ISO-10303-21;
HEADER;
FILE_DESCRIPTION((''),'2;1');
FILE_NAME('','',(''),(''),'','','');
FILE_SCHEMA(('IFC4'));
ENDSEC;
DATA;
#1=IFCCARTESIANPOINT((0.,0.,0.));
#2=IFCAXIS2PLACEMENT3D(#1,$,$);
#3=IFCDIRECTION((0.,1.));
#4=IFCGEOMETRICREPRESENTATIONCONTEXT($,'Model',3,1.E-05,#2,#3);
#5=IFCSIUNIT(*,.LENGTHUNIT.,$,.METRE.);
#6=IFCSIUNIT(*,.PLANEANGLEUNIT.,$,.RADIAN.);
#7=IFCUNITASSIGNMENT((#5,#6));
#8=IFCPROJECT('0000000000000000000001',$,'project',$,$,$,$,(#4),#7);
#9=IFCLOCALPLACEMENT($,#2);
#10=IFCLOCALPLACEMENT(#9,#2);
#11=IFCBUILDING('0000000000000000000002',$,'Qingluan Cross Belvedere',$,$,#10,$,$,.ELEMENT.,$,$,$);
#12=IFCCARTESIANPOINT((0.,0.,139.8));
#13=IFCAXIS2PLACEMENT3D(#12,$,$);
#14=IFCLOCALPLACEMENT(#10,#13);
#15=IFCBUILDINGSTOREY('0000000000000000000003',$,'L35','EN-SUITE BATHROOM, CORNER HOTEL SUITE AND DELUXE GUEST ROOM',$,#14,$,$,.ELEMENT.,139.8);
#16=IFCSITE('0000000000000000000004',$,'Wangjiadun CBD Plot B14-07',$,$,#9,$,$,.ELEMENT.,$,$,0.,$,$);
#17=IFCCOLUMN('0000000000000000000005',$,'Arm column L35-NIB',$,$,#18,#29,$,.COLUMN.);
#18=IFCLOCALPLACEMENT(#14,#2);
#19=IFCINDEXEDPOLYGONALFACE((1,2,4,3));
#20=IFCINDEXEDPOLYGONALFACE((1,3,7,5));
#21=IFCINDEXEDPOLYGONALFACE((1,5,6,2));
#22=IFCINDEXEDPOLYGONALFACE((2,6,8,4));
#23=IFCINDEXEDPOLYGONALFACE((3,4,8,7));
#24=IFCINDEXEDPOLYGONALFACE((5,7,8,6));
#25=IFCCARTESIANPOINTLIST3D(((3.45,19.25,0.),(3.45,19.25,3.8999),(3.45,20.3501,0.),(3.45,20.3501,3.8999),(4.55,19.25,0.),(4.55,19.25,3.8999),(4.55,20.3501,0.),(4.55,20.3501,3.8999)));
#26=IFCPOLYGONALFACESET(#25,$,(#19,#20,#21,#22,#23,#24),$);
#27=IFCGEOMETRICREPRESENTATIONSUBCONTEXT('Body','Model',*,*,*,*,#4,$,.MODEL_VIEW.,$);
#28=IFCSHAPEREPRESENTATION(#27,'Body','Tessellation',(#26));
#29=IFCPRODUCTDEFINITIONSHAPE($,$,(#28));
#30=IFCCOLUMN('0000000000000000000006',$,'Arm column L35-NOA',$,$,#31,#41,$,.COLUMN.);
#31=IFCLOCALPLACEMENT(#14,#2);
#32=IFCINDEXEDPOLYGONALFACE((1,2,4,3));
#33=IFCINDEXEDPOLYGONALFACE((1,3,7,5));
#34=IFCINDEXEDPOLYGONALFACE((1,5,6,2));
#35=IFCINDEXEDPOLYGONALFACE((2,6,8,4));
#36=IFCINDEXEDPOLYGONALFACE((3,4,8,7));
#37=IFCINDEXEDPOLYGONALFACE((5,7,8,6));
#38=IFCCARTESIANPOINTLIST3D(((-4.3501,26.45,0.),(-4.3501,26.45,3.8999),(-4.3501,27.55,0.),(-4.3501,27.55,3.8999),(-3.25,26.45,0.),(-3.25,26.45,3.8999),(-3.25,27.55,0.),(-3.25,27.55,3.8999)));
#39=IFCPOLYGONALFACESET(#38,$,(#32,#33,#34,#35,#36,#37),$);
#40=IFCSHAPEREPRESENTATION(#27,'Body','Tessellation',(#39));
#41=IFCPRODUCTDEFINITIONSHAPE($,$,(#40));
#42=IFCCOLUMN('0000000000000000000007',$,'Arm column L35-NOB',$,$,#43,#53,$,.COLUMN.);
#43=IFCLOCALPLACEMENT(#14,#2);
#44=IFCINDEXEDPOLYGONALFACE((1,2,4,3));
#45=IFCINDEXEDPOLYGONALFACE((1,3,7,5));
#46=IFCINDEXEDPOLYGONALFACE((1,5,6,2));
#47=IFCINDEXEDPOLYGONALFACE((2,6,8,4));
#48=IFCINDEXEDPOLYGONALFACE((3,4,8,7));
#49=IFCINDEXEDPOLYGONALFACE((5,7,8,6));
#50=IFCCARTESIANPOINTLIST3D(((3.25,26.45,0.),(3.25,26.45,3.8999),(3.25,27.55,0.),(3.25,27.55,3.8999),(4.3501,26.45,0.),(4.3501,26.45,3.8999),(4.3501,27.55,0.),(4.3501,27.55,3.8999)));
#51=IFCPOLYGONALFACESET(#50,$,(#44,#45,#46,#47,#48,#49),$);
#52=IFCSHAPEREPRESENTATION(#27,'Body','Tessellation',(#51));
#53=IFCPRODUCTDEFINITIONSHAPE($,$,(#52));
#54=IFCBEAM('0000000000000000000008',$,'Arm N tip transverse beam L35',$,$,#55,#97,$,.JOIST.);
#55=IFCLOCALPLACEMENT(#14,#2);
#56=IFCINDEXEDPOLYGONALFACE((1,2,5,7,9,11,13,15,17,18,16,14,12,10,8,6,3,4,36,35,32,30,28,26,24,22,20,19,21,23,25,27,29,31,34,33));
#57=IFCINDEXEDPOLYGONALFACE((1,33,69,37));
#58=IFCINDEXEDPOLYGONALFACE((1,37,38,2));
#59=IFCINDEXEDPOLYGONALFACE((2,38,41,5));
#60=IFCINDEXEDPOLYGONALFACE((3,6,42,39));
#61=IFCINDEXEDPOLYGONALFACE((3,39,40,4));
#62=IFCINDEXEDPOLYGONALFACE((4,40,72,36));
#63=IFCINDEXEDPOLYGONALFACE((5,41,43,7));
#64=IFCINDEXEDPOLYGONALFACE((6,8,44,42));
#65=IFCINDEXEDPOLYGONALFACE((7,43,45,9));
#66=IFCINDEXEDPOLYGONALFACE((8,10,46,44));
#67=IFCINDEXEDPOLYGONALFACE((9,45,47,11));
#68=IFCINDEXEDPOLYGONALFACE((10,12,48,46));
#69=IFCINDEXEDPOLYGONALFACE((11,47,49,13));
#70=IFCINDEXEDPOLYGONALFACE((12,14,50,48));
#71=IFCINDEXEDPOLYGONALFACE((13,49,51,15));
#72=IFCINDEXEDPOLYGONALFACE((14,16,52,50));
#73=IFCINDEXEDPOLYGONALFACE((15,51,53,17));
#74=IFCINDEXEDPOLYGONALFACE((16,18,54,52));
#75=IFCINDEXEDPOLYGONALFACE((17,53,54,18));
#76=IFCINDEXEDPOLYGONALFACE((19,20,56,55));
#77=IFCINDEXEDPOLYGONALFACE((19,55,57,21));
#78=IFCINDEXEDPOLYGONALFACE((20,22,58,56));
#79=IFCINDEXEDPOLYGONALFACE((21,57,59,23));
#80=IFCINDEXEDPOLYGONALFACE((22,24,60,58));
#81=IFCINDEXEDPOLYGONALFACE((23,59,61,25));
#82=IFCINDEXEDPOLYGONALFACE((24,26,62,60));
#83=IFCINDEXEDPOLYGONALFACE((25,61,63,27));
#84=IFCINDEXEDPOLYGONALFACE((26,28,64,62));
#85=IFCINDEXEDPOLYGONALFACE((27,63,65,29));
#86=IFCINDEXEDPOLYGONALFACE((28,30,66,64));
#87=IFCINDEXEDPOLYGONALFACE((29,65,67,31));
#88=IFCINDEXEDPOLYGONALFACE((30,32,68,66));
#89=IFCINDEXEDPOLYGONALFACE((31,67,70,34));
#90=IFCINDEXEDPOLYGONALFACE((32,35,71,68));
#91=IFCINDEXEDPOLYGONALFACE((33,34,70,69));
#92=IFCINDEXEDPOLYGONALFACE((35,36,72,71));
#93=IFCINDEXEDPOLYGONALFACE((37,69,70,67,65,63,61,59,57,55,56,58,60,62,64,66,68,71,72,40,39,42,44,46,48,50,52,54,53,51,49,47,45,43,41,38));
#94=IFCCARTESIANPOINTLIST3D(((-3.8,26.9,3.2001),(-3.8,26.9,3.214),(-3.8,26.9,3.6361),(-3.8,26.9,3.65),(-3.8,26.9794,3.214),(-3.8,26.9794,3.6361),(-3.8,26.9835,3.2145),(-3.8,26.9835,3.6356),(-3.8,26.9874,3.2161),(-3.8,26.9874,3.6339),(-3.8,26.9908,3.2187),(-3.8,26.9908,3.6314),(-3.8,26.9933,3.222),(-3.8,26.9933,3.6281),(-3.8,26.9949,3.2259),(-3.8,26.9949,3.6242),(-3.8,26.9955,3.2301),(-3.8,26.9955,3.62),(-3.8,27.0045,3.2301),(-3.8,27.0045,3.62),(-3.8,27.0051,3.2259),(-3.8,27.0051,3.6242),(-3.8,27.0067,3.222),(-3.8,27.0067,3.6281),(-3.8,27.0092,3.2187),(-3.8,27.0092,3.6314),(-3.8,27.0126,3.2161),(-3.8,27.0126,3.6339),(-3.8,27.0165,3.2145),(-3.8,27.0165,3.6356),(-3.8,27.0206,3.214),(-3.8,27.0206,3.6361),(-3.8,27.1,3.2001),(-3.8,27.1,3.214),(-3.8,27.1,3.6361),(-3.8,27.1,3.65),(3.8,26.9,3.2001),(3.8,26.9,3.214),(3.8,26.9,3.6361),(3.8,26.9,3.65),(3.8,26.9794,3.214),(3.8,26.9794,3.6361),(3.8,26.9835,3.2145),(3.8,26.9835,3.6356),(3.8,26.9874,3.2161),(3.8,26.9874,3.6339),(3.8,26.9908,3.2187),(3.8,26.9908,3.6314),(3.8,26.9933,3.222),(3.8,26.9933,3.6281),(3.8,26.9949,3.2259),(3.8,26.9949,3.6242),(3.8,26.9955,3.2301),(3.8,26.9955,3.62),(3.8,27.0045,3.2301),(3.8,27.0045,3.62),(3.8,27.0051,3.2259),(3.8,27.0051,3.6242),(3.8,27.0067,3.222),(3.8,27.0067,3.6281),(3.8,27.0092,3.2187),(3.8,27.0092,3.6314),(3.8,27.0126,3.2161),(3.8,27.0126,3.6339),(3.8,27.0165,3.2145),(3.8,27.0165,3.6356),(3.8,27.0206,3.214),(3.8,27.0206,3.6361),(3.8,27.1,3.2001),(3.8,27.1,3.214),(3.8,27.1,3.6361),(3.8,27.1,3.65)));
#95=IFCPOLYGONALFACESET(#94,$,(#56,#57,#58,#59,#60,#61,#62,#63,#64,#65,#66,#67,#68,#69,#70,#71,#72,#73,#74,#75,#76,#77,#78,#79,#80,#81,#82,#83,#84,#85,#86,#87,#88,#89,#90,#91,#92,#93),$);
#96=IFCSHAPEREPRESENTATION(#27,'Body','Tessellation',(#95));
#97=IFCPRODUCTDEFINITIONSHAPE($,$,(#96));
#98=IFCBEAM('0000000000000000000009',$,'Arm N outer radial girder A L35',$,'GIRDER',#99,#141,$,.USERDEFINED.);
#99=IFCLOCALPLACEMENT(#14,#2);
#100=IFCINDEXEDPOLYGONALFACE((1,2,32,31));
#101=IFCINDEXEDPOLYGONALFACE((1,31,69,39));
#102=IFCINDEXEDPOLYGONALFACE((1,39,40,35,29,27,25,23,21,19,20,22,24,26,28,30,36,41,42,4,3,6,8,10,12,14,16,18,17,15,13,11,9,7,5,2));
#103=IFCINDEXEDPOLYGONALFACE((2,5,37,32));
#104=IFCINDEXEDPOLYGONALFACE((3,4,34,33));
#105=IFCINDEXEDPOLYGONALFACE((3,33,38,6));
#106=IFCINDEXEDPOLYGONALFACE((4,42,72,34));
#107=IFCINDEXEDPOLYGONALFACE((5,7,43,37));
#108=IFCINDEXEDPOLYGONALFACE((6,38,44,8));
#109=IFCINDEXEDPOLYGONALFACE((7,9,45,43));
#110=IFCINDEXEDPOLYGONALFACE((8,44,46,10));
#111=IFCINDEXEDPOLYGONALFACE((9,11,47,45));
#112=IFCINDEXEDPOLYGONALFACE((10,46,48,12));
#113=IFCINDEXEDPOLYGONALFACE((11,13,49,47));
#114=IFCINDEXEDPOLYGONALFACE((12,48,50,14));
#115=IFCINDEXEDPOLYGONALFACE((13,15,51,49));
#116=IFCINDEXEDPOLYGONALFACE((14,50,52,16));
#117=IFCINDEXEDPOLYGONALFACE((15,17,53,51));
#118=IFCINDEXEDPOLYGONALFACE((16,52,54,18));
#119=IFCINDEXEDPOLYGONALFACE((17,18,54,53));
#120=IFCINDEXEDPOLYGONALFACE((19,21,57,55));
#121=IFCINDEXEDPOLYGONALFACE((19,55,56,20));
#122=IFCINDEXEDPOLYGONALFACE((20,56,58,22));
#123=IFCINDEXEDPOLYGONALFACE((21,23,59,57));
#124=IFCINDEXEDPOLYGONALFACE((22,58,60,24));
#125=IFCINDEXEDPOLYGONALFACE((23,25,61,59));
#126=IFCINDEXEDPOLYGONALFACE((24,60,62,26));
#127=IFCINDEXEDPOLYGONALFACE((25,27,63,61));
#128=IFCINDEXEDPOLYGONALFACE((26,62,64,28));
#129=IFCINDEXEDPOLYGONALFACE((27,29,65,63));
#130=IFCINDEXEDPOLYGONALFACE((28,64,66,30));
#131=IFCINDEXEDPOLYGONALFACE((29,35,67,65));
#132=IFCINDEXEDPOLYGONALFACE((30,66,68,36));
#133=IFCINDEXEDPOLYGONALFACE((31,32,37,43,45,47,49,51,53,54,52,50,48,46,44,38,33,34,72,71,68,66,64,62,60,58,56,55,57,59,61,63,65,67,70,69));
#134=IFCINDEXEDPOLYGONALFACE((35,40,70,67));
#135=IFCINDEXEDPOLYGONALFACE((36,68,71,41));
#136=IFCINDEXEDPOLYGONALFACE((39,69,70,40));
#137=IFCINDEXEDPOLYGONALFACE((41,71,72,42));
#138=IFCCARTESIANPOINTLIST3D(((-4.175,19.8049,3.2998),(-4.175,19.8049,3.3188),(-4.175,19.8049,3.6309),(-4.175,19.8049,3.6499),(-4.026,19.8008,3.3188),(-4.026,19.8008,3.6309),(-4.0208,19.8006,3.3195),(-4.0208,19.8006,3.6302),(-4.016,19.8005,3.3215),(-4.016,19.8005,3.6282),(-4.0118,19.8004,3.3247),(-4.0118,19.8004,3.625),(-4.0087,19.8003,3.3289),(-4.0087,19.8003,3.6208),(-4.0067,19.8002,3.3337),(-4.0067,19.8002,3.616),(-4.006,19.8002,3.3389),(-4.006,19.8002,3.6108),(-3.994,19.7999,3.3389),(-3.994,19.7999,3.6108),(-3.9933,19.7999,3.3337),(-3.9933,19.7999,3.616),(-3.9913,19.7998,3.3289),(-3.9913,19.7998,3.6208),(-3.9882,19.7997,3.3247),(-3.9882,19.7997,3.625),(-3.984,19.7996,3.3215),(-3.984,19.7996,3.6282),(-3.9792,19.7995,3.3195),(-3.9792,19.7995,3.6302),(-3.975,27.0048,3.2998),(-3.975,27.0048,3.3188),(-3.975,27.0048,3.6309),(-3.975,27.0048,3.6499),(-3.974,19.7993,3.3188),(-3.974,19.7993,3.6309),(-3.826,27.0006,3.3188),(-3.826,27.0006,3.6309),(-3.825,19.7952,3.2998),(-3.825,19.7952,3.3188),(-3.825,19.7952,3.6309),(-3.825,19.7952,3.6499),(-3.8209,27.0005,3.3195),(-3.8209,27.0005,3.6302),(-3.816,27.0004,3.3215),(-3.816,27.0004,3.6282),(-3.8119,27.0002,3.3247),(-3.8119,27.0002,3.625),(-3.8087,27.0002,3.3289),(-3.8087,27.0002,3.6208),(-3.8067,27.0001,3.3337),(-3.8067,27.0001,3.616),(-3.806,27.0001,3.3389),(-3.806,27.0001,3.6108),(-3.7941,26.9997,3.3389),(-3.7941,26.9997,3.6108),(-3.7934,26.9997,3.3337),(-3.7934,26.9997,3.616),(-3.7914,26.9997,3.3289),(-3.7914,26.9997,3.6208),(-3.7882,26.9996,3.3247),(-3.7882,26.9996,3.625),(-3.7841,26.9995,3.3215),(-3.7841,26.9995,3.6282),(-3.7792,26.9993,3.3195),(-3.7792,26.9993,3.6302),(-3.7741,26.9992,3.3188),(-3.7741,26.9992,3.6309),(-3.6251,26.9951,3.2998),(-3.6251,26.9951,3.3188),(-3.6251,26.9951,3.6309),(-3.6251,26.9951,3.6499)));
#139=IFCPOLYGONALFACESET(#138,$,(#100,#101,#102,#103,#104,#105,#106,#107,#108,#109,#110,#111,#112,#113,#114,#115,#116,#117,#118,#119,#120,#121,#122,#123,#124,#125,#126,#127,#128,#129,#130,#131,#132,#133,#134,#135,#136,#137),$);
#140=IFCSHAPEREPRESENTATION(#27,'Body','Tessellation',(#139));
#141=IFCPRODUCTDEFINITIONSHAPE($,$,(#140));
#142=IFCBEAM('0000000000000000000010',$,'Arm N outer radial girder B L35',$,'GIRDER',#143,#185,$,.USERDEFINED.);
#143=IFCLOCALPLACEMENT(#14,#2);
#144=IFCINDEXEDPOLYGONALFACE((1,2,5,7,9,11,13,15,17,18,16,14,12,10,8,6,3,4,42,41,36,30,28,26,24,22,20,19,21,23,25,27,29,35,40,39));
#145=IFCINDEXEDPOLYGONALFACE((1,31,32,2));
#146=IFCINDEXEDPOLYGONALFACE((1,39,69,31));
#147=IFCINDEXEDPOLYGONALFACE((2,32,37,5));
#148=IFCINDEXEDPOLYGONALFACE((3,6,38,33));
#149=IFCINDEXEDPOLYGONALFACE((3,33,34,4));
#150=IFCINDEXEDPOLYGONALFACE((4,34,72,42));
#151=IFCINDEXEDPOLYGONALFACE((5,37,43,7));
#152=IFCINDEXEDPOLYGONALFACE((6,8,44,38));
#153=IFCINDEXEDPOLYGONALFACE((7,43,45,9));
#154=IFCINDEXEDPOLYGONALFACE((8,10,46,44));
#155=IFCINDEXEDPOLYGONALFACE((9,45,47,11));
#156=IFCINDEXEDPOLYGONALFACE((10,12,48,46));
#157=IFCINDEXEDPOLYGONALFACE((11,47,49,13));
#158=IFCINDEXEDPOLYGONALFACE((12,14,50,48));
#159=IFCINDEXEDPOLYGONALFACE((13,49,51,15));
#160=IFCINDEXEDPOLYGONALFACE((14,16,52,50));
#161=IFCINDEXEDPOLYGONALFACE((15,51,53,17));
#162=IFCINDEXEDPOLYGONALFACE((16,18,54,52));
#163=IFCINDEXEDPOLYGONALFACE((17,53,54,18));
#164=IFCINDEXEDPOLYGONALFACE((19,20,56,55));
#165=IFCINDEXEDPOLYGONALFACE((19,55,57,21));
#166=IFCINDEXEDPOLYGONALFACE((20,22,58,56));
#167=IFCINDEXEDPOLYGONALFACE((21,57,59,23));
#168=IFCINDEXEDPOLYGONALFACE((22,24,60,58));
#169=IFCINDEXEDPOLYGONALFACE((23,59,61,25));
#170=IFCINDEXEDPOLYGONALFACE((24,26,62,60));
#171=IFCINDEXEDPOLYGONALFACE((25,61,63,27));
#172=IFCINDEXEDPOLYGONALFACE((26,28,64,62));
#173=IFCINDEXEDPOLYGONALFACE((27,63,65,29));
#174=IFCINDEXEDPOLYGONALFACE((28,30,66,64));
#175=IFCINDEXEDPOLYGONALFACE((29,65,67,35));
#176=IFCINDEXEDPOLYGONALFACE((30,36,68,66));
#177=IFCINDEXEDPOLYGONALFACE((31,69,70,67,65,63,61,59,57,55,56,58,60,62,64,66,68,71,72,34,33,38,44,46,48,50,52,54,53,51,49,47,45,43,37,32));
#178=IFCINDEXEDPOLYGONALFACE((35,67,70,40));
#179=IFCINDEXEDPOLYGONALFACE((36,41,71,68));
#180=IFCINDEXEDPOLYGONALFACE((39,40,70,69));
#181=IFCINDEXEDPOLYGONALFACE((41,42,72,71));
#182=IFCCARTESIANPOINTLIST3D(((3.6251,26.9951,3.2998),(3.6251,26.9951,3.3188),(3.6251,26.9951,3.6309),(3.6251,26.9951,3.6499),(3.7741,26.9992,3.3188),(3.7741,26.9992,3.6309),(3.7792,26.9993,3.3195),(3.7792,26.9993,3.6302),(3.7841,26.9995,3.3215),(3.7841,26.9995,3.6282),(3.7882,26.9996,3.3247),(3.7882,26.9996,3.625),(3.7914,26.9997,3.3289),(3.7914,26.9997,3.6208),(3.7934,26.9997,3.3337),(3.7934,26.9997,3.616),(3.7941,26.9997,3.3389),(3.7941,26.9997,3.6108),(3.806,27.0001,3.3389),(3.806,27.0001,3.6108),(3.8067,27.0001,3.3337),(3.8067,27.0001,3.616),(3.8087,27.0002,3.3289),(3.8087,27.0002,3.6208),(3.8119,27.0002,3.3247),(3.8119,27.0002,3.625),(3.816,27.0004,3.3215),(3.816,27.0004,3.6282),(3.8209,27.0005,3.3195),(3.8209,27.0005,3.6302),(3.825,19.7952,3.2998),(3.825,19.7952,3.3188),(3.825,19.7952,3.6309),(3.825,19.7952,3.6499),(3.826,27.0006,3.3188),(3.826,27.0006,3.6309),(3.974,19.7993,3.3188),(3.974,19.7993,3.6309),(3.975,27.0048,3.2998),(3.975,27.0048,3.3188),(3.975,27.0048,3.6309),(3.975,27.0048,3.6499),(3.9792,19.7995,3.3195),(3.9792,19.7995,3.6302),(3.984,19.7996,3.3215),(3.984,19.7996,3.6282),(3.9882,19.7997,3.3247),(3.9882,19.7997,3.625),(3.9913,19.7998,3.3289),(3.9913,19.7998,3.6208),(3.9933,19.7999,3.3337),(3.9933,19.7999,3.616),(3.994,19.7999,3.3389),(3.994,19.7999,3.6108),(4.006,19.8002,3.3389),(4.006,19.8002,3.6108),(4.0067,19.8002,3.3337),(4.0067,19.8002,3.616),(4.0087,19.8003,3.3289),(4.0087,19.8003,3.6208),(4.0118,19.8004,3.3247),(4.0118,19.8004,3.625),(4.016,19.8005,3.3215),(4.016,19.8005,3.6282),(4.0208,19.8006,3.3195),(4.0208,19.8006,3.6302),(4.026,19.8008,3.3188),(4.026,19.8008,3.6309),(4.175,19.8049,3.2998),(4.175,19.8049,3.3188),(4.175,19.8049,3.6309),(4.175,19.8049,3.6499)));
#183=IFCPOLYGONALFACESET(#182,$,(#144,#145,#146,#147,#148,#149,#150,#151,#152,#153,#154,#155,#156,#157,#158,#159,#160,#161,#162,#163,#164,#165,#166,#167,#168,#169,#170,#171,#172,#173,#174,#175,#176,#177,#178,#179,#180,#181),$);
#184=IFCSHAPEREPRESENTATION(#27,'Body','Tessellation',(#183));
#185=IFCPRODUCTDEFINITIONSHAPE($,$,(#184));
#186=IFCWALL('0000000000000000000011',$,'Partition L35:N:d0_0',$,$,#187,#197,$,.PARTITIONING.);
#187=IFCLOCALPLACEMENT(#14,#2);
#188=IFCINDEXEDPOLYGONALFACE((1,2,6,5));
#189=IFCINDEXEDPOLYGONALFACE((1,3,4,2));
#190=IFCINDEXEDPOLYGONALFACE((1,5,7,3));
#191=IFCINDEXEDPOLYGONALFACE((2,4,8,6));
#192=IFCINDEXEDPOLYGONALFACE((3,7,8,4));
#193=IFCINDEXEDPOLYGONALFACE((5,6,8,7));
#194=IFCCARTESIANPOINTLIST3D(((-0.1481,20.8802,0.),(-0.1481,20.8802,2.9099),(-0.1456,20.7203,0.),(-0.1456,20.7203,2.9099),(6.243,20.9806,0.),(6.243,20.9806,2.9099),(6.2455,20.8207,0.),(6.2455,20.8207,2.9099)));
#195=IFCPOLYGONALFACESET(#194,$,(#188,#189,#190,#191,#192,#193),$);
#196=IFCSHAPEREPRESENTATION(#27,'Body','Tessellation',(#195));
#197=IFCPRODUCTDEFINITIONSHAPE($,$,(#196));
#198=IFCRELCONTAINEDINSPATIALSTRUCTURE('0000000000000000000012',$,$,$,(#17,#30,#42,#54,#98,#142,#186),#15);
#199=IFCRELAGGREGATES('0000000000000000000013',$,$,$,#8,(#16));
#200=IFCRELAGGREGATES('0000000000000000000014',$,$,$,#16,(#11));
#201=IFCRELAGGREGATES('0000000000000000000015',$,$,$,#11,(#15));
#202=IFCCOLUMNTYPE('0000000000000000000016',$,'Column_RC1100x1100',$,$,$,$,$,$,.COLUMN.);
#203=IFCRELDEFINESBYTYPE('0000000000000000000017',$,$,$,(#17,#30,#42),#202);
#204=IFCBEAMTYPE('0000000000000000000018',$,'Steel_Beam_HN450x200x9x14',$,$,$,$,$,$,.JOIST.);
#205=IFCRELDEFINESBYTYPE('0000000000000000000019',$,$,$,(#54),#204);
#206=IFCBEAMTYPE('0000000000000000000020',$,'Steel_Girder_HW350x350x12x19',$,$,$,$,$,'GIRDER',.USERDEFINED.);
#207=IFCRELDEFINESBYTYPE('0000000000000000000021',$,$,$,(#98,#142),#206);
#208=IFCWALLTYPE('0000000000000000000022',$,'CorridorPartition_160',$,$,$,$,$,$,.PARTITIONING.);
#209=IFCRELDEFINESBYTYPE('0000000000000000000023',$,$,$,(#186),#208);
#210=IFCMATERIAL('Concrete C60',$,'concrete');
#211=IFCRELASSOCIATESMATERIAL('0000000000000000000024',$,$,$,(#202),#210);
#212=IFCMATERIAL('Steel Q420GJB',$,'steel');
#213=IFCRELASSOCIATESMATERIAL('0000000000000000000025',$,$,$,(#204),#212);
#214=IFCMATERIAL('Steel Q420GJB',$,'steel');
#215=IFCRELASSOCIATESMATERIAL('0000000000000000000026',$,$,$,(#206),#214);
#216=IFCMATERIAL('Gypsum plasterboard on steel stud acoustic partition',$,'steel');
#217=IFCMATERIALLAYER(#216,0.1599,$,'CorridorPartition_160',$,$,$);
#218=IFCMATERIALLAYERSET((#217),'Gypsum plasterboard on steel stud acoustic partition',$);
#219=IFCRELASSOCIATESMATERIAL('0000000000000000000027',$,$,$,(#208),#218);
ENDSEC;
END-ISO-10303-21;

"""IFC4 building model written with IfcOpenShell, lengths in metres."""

from ifc_helpers import new_model, si_unit, direction, frame, frame_2d, origin, origin_2d, place, context, subcontext, project, spatial, rectangle, i_section, extrude, material, layer, layer_set, material_profile, profile_set, type_object, element, save


model = new_model("IFC4")

# Units and contexts
model_context = context("Model", 3, precision=1e-05, world=origin(), true_north=direction((0.0, 1.0)))
body_context = subcontext(model_context, "Body", "Model", "MODEL_VIEW")
ifc_project = project(units=[si_unit("LENGTHUNIT", "METRE"), si_unit("PLANEANGLEUNIT", "RADIAN")], contexts=[model_context])

# Site, building, storey
site_placement = place(None, origin())
site = spatial("IfcSite", under=ifc_project, at=site_placement, Name="Wangjiadun CBD Plot B14-07", CompositionType="ELEMENT", RefElevation=0.0)
building_placement = place(site_placement, origin())
building = spatial("IfcBuilding", under=site, at=building_placement, Name="Qingluan Cross Belvedere", CompositionType="ELEMENT")
storey_placement = place(building_placement, frame((0.0, 0.0, 139.8)))
storey = spatial("IfcBuildingStorey", under=building, at=storey_placement, Name="L35", Description="EN-SUITE BATHROOM, CORNER HOTEL SUITE AND DELUXE GUEST ROOM", CompositionType="ELEMENT", Elevation=139.8)

# Columns
ifc_material_1 = material(Name="Concrete C60", Category="concrete")
ifc_material_profile_1 = material_profile(ifc_material_1, rectangle(XDim=1.1001, YDim=1.1001, at=origin_2d()), Name="RC1100x1100")
ifc_profile_set_1 = profile_set([ifc_material_profile_1], Name="Concrete C60")
column_type = type_object("IfcColumnType", Name="Column_RC1100x1100", PredefinedType="COLUMN", material=ifc_profile_set_1)
for number, where, z_axis, x_axis, name in (
    (1, (4.0, 19.8, 0.0), (0.0, 0.0, 1.0), (1.0, 0.0, 0.0), "Arm column L35-NIB"),
    (2, (-3.8, 27.0, 0.0), (0.0, 0.0, 1.0), (1.0, 0.0, 0.0), "Arm column L35-NOA"),
    (3, (3.8, 27.0, 0.0), (0.0, 0.0, 1.0), (1.0, 0.0, 0.0), "Arm column L35-NOB"),
):
    element("IfcColumn", number, at=place(storey_placement, frame(where, z_axis=z_axis, x_axis=x_axis)), inside=storey, type_object=column_type, Name=name, PredefinedType="COLUMN", context=body_context, shape_type="SweptSolid", body=[
        extrude(rectangle(XDim=1.1001, YDim=1.1001, at=origin_2d()), origin(), (0.0, 0.0, 1.0), 3.8999),
    ])

# Beams
ifc_material_2 = material(Name="Steel Q420GJB", Category="steel")
ifc_material_profile_2 = material_profile(ifc_material_2, i_section(OverallWidth=0.2, OverallDepth=0.45, WebThickness=0.009, FlangeThickness=0.0139, FilletRadius=0.0161, at=origin_2d()), Name="HN450x200x9x14")
ifc_profile_set_2 = profile_set([ifc_material_profile_2], Name="Steel Q420GJB")
beam_type_1 = type_object("IfcBeamType", Name="Steel_Beam_HN450x200x9x14", PredefinedType="JOIST", material=ifc_profile_set_2)
beam_placement = place(storey_placement, frame((-3.8, 27.0, 3.425), z_axis=(1.0, 0.0, 0.0), x_axis=(0.0, 1.0, 0.0)))
element("IfcBeam", 4, at=beam_placement, inside=storey, type_object=beam_type_1, Name="Arm N tip transverse beam L35", PredefinedType="JOIST", context=body_context, shape_type="SweptSolid", body=[
    extrude(i_section(OverallWidth=0.2, OverallDepth=0.45, WebThickness=0.009, FlangeThickness=0.0139, FilletRadius=0.0161, at=origin_2d()), origin(), (0.0, 0.0, 1.0), 7.6001),
])
ifc_material_3 = material(Name="Steel Q420GJB", Category="steel")
ifc_material_profile_3 = material_profile(ifc_material_3, i_section(OverallWidth=0.3501, OverallDepth=0.3501, WebThickness=0.012, FlangeThickness=0.019, FilletRadius=0.02, at=origin_2d()), Name="HW350x350x12x19")
ifc_profile_set_3 = profile_set([ifc_material_profile_3], Name="Steel Q420GJB")
beam_type_2 = type_object("IfcBeamType", Name="Steel_Girder_HW350x350x12x19", ElementType="GIRDER", PredefinedType="USERDEFINED", material=ifc_profile_set_3)
for number, where, z_axis, x_axis, name in (
    (5, (-4.0, 19.8, 3.4749), (0.02776, 0.999615, 0.0), (-0.999615, 0.02776, 0.0), "Arm N outer radial girder A L35"),
    (6, (4.0, 19.8, 3.4749), (-0.02776, 0.999615, 0.0), (-0.999615, -0.02776, 0.0), "Arm N outer radial girder B L35"),
):
    element("IfcBeam", number, at=place(storey_placement, frame(where, z_axis=z_axis, x_axis=x_axis)), inside=storey, type_object=beam_type_2, Name=name, ObjectType="GIRDER", PredefinedType="USERDEFINED", context=body_context, shape_type="SweptSolid", body=[
        extrude(i_section(OverallWidth=0.3501, OverallDepth=0.3501, WebThickness=0.012, FlangeThickness=0.019, FilletRadius=0.02, at=origin_2d()), origin(), (0.0, 0.0, 1.0), 7.2026),
    ])

# Wall
ifc_material_4 = material(Name="Gypsum plasterboard on steel stud acoustic partition", Category="steel")
ifc_layer_1 = layer(ifc_material_4, 0.1599, Name="CorridorPartition_160")
ifc_layer_set_1 = layer_set([ifc_layer_1], Name="Gypsum plasterboard on steel stud acoustic partition")
wall_type_1 = type_object("IfcWallType", Name="CorridorPartition_160", PredefinedType="PARTITIONING", material=ifc_layer_set_1)
wall_1_placement = place(storey_placement, frame((-0.1467, 20.8003, 0.0), z_axis=(0.0, 0.0, 1.0), x_axis=(0.999877, 0.015698, 0.0)))
element("IfcWall", 7, at=wall_1_placement, inside=storey, type_object=wall_type_1, Name="Partition L35:N:d0_0", PredefinedType="PARTITIONING", context=body_context, shape_type="SweptSolid", body=[
    extrude(rectangle(XDim=6.3918, YDim=0.1599, at=frame_2d((3.1958, 0.0))), origin(), (0.0, 0.0, 1.0), 2.9099),
])

save(model, "model.ifc")
